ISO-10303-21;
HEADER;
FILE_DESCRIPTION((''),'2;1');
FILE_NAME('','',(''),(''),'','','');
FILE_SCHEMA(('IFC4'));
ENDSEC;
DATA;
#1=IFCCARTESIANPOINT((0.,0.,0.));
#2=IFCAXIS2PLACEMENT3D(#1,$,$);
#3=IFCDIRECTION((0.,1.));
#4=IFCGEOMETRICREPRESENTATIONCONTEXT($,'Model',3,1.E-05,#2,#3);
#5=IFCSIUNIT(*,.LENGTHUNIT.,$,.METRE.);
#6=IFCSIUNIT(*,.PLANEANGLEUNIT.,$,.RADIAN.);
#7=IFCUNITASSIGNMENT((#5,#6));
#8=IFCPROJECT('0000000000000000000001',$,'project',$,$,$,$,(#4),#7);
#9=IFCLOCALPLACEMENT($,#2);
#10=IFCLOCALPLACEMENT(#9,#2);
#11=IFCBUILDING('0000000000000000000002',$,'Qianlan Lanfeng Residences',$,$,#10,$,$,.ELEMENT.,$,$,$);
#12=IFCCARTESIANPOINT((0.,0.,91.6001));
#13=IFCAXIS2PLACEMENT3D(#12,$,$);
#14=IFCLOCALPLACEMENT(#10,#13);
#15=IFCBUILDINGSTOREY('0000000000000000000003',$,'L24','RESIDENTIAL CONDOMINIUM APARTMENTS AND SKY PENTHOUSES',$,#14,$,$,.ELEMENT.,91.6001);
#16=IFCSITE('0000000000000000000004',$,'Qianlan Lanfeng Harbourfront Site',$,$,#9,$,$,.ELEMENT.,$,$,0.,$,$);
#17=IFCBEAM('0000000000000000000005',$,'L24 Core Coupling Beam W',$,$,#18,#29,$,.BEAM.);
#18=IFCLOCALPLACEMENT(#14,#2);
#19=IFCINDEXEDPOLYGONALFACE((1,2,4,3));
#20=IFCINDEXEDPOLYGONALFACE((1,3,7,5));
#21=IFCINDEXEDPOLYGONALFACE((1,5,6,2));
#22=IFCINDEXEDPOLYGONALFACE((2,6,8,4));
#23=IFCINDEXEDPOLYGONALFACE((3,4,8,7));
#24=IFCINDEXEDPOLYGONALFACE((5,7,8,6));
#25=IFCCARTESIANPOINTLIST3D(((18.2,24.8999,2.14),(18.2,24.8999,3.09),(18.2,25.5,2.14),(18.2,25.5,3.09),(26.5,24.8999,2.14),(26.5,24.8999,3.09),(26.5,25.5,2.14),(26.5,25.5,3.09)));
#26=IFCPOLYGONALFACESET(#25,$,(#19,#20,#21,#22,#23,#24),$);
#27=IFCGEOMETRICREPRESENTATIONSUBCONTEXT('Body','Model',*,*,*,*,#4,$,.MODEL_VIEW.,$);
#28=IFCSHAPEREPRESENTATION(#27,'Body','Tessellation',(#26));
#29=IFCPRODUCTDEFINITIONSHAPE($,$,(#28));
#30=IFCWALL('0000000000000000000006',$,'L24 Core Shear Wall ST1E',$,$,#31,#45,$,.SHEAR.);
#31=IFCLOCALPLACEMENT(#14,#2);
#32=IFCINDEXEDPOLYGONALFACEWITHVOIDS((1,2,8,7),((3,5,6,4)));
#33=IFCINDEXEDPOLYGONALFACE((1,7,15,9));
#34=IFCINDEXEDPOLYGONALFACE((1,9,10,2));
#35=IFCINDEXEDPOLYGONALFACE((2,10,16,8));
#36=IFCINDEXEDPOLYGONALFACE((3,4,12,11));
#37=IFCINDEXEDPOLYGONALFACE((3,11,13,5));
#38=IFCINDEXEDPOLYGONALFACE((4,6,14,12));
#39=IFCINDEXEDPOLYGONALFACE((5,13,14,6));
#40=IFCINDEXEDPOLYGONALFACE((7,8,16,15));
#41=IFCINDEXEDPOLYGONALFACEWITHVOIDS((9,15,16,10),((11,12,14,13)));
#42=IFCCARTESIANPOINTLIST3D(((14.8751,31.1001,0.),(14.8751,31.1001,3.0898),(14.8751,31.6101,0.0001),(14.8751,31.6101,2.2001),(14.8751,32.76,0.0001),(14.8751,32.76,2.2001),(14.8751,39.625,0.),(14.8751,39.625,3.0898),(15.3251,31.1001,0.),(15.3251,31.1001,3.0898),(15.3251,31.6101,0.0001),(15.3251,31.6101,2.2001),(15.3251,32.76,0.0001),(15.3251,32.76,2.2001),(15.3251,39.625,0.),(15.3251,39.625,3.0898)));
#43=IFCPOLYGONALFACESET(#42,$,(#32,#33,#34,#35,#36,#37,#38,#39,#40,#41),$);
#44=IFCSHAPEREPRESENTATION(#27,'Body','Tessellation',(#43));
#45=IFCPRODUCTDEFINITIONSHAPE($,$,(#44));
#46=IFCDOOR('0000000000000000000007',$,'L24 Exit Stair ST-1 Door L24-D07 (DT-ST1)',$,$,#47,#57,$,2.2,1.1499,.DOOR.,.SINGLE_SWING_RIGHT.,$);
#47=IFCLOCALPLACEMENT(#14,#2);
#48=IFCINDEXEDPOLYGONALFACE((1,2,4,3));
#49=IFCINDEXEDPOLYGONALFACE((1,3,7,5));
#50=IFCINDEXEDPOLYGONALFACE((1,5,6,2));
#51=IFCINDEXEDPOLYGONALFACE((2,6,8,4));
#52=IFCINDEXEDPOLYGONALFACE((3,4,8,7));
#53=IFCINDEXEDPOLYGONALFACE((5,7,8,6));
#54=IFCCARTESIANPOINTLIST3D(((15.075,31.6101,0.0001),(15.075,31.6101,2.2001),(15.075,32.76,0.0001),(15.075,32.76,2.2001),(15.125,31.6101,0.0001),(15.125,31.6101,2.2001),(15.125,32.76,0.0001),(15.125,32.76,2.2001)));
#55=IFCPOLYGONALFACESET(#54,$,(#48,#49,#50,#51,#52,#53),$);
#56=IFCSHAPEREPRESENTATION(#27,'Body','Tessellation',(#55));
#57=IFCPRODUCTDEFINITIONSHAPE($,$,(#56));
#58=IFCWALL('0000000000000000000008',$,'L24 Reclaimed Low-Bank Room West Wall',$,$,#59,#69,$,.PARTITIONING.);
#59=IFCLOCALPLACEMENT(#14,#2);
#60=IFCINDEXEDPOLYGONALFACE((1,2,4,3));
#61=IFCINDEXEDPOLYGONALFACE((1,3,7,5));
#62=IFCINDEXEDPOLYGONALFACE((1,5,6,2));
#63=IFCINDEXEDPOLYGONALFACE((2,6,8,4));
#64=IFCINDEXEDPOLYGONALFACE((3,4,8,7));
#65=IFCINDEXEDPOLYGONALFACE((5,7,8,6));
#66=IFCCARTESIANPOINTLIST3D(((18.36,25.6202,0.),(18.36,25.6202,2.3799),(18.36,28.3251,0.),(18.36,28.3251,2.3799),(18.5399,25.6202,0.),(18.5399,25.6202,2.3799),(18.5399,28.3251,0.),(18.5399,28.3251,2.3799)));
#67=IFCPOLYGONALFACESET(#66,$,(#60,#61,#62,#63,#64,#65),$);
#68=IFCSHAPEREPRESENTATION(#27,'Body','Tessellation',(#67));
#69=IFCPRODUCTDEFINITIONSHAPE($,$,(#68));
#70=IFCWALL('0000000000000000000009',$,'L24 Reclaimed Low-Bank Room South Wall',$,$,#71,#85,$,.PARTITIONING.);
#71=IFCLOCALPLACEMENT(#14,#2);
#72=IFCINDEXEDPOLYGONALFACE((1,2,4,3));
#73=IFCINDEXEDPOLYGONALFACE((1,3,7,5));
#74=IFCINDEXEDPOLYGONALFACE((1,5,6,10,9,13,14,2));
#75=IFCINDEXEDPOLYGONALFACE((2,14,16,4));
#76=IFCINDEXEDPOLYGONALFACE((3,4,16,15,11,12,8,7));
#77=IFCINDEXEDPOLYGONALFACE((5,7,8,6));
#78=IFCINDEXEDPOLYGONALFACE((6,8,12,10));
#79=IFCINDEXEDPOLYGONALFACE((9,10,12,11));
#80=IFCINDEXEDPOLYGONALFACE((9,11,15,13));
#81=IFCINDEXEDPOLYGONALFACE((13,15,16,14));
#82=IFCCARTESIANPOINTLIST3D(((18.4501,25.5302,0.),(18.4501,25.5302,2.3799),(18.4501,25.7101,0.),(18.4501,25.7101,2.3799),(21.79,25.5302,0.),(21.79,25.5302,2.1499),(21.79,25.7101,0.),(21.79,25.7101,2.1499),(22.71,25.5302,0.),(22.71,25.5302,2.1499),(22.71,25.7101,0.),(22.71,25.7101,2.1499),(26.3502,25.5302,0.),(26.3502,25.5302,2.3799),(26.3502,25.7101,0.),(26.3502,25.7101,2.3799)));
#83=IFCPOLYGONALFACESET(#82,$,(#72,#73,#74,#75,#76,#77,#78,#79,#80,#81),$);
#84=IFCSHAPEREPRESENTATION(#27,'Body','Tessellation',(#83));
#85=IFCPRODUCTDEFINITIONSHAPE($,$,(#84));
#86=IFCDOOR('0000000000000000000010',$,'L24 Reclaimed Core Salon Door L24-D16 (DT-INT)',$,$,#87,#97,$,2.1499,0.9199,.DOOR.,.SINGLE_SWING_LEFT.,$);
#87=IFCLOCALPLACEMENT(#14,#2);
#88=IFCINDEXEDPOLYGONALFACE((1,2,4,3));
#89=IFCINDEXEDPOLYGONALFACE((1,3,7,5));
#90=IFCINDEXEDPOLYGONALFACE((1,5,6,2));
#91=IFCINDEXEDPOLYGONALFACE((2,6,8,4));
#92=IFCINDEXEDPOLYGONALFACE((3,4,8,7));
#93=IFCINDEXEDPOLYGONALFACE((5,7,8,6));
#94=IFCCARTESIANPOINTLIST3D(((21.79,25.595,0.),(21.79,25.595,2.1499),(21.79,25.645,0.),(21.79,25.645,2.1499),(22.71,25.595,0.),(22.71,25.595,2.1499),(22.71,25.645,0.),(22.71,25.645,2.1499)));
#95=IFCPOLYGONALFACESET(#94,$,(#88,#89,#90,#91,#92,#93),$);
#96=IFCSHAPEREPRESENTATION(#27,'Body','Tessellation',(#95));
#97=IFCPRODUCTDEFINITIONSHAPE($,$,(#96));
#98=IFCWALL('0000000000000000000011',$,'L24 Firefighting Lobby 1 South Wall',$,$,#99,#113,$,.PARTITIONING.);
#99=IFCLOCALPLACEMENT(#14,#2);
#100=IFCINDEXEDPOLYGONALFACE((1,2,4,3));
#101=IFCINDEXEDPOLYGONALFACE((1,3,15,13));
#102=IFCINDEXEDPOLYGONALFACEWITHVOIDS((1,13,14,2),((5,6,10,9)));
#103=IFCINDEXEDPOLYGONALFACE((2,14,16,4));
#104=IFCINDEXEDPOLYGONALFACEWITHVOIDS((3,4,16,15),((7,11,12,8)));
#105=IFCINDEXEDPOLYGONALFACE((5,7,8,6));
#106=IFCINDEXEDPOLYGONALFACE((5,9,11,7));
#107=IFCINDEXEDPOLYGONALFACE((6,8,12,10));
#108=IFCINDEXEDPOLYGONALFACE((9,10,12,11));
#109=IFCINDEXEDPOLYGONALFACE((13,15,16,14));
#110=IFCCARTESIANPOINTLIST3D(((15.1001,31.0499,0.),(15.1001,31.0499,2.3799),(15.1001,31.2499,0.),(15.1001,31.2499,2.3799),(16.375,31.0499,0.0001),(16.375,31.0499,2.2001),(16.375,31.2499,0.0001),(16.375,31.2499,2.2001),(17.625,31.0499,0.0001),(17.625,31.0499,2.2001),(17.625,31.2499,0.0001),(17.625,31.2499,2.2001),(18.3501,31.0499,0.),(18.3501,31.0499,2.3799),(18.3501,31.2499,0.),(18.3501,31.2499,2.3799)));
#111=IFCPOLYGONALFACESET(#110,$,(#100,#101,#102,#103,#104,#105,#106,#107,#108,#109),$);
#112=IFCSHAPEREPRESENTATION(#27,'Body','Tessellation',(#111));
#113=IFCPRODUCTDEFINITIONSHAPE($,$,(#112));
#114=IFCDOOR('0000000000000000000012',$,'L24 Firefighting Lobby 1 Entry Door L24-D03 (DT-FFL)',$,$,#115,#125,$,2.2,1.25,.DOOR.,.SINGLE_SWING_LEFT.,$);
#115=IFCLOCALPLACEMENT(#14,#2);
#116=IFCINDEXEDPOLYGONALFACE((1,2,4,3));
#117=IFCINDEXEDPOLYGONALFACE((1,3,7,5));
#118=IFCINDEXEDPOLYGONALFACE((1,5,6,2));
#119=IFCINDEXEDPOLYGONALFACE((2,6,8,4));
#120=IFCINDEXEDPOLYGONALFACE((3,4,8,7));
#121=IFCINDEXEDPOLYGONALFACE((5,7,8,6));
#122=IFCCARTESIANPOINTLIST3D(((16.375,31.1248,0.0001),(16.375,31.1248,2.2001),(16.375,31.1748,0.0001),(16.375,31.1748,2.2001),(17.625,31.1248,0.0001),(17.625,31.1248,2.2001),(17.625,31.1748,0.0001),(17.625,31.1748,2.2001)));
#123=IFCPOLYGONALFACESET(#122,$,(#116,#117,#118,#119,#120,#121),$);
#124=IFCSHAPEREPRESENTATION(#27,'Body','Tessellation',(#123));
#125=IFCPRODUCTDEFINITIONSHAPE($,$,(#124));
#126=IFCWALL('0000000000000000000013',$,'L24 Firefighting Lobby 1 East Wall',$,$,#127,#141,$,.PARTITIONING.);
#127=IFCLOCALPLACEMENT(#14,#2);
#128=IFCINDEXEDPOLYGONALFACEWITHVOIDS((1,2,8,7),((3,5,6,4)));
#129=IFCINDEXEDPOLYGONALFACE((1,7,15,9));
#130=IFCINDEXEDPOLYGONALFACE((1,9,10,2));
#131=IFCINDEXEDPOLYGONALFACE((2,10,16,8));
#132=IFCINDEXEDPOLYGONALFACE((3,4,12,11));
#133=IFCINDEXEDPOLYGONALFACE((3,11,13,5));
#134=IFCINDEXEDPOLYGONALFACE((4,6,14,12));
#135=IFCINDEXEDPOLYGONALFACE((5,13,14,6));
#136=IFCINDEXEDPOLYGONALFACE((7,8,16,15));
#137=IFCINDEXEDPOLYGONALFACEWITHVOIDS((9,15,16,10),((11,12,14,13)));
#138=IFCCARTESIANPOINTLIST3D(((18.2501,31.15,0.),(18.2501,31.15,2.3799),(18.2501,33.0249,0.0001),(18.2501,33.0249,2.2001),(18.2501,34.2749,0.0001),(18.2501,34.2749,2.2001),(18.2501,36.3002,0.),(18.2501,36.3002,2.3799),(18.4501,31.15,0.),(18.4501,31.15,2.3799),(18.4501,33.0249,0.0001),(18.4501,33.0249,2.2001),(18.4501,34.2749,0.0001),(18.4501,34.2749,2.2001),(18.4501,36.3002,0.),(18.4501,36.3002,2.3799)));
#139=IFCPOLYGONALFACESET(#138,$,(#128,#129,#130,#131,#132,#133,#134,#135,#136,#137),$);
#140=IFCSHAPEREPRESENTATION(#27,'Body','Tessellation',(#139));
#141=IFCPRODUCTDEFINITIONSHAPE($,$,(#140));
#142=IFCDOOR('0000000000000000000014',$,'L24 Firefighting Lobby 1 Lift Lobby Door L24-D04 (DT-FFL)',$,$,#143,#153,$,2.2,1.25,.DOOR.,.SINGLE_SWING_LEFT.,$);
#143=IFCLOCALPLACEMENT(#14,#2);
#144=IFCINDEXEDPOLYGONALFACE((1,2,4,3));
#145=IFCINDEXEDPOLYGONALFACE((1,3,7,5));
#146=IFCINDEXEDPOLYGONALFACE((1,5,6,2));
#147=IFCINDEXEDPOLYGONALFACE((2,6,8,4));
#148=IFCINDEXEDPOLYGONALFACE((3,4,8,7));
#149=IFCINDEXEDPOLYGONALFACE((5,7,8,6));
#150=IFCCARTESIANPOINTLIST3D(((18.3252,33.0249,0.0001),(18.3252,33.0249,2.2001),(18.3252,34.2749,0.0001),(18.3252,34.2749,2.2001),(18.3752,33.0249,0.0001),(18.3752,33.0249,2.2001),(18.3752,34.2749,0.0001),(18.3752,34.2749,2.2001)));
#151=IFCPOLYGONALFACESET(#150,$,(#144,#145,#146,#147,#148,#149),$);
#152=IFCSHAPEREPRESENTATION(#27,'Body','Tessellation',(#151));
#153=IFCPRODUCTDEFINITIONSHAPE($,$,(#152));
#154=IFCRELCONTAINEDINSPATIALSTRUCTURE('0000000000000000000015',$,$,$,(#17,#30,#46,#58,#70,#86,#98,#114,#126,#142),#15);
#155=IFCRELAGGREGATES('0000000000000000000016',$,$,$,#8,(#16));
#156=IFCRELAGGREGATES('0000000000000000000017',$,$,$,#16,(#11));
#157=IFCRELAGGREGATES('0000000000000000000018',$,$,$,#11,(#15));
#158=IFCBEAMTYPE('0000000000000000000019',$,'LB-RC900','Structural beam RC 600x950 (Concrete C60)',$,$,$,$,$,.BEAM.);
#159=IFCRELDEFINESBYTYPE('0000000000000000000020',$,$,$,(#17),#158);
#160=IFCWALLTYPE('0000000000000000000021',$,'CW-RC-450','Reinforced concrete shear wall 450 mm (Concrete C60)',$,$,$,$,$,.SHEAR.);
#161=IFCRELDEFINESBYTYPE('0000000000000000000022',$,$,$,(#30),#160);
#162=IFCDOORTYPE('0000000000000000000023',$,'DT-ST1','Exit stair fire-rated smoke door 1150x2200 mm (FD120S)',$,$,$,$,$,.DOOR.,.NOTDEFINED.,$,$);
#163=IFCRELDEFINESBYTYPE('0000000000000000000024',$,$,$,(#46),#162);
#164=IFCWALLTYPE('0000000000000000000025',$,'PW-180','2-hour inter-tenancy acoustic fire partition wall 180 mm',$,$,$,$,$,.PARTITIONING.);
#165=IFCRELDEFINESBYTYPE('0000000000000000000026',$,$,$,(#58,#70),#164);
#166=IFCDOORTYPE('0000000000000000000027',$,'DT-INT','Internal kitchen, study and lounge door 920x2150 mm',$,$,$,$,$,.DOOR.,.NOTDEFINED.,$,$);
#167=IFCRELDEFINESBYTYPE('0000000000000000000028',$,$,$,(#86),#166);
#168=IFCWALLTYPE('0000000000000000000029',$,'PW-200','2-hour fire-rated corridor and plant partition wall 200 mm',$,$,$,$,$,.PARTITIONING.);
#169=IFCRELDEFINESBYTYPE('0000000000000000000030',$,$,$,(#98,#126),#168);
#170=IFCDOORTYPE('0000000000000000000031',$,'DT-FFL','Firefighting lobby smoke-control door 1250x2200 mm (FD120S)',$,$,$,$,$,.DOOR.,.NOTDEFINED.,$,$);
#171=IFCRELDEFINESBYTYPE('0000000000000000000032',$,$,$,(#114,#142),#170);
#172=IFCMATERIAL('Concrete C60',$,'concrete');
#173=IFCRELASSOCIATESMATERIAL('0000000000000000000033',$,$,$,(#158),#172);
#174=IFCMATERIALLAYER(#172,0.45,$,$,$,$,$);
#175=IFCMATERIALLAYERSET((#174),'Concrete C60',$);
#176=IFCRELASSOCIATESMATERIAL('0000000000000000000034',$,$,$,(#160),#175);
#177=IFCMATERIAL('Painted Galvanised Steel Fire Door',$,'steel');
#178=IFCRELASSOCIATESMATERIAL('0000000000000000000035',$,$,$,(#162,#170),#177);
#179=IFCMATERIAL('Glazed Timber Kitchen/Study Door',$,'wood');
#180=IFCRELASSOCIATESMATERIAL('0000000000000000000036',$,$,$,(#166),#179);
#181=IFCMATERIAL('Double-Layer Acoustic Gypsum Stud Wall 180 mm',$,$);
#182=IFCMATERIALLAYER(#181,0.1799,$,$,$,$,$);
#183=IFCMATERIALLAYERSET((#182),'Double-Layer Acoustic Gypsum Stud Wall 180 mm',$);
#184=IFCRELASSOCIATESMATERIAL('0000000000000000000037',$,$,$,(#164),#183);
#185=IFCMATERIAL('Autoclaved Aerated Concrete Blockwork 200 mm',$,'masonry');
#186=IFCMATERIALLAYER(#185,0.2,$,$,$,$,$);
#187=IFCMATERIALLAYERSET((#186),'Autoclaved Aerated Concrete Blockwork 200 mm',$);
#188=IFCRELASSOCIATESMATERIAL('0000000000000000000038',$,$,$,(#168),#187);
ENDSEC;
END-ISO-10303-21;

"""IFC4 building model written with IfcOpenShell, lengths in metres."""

from ifc_helpers import new_model, si_unit, direction, frame, frame_2d, origin, origin_2d, place, context, subcontext, project, spatial, rectangle, extrude, material, layer, layer_set, material_profile, profile_set, type_object, element, fill, save


model = new_model("IFC4")

# Units and contexts
model_context = context("Model", 3, precision=1e-05, world=origin(), true_north=direction((0.0, 1.0)))
body_context = subcontext(model_context, "Body", "Model", "MODEL_VIEW")
ifc_project = project(units=[si_unit("LENGTHUNIT", "METRE"), si_unit("PLANEANGLEUNIT", "RADIAN")], contexts=[model_context])

# Site, building, storey
site_placement = place(None, origin())
site = spatial("IfcSite", under=ifc_project, at=site_placement, Name="Qianlan Lanfeng Harbourfront Site", CompositionType="ELEMENT", RefElevation=0.0)
building_placement = place(site_placement, origin())
building = spatial("IfcBuilding", under=site, at=building_placement, Name="Qianlan Lanfeng Residences", CompositionType="ELEMENT")
storey_placement = place(building_placement, frame((0.0, 0.0, 91.6001)))
storey = spatial("IfcBuildingStorey", under=building, at=storey_placement, Name="L24", Description="RESIDENTIAL CONDOMINIUM APARTMENTS AND SKY PENTHOUSES", CompositionType="ELEMENT", Elevation=91.6001)

# Beam
ifc_material_1 = material(Name="Concrete C60", Category="concrete")
ifc_material_profile = material_profile(ifc_material_1, rectangle(XDim=0.6001, YDim=0.95, at=origin_2d()), Name="RC 600x950")
ifc_profile_set = profile_set([ifc_material_profile], Name="Concrete C60")
beam_type = type_object("IfcBeamType", Name="LB-RC900", Description="Structural beam RC 600x950 (Concrete C60)", PredefinedType="BEAM", material=ifc_profile_set)
beam_placement = place(storey_placement, frame((18.2, 25.2, 2.615), z_axis=(1.0, 0.0, 0.0), x_axis=(0.0, 1.0, 0.0)))
element("IfcBeam", 1, at=beam_placement, inside=storey, type_object=beam_type, Name="L24 Core Coupling Beam W", PredefinedType="BEAM", context=body_context, shape_type="SweptSolid", body=[
    extrude(rectangle(XDim=0.6001, YDim=0.95, at=origin_2d()), origin(), (0.0, 0.0, 1.0), 8.3),
])

# Wall, opening, door
ifc_layer_1 = layer(ifc_material_1, 0.45)
ifc_layer_set_1 = layer_set([ifc_layer_1], Name="Concrete C60")
wall_type_1 = type_object("IfcWallType", Name="CW-RC-450", Description="Reinforced concrete shear wall 450 mm (Concrete C60)", PredefinedType="SHEAR", material=ifc_layer_set_1)
wall_1_placement = place(storey_placement, frame((15.1001, 31.1001, 0.0), z_axis=(0.0, 0.0, 1.0), x_axis=(0.0, 1.0, 0.0)))
wall_1 = element("IfcWall", 2, at=wall_1_placement, inside=storey, type_object=wall_type_1, Name="L24 Core Shear Wall ST1E", PredefinedType="SHEAR", context=body_context, shape_type="SweptSolid", body=[
    extrude(rectangle(XDim=8.5249, YDim=0.45, at=frame_2d((4.2625, 0.0))), origin(), (0.0, 0.0, 1.0), 3.0898),
])
opening_1_placement = place(wall_1_placement, frame((0.51, 0.0, 0.0)))
opening_1 = element("IfcOpeningElement", 3, at=opening_1_placement, cuts=wall_1, PredefinedType="OPENING", context=body_context, shape_type="SweptSolid", body=[
    extrude(rectangle(XDim=1.1499, YDim=2.2, at=frame_2d((0.575, 1.1001))), frame((0.0, 0.2349, 0.0), z_axis=(0.0, -1.0, 0.0), x_axis=(1.0, 0.0, 0.0)), (0.0, 0.0, 1.0), 0.47),
])
ifc_material_2 = material(Name="Painted Galvanised Steel Fire Door", Category="steel")
door_type_1 = type_object("IfcDoorType", Name="DT-ST1", Description="Exit stair fire-rated smoke door 1150x2200 mm (FD120S)", OperationType="NOTDEFINED", PredefinedType="DOOR", material=ifc_material_2)
door_1_placement = place(opening_1_placement, frame((1.1499, 0.0, 0.0), z_axis=(0.0, 0.0, 1.0), x_axis=(-1.0, 0.0, 0.0)))
door_1 = element("IfcDoor", 4, at=door_1_placement, inside=storey, type_object=door_type_1, Name="L24 Exit Stair ST-1 Door L24-D07 (DT-ST1)", OperationType="SINGLE_SWING_RIGHT", OverallHeight=2.2, OverallWidth=1.1499, PredefinedType="DOOR", context=body_context, shape_type="SweptSolid", body=[
    extrude(rectangle(XDim=1.1499, YDim=2.2, at=frame_2d((0.575, 1.1001))), frame((0.0, 0.0249, 0.0), z_axis=(0.0, -1.0, 0.0), x_axis=(1.0, 0.0, 0.0)), (0.0, 0.0, 1.0), 0.05),
])
fill(opening_1, door_1)

# Shared definitions
ifc_material_3 = material(Name="Glazed Timber Kitchen/Study Door", Category="wood")
door_type_2 = type_object("IfcDoorType", Name="DT-INT", Description="Internal kitchen, study and lounge door 920x2150 mm", OperationType="NOTDEFINED", PredefinedType="DOOR", material=ifc_material_3)

# Shared definitions
ifc_material_4 = material(Name="Double-Layer Acoustic Gypsum Stud Wall 180 mm")
ifc_layer_2 = layer(ifc_material_4, 0.1799)
ifc_layer_set_2 = layer_set([ifc_layer_2], Name="Double-Layer Acoustic Gypsum Stud Wall 180 mm")
wall_type_2 = type_object("IfcWallType", Name="PW-180", Description="2-hour inter-tenancy acoustic fire partition wall 180 mm", PredefinedType="PARTITIONING", material=ifc_layer_set_2)

# Wall
wall_2_placement = place(storey_placement, frame((18.45, 25.6201, 0.0), z_axis=(0.0, 0.0, 1.0), x_axis=(0.0, 1.0, 0.0)))
element("IfcWall", 5, at=wall_2_placement, inside=storey, type_object=wall_type_2, Name="L24 Reclaimed Low-Bank Room West Wall", PredefinedType="PARTITIONING", context=body_context, shape_type="SweptSolid", body=[
    extrude(rectangle(XDim=2.7048, YDim=0.1799, at=frame_2d((1.3525, 0.0))), origin(), (0.0, 0.0, 1.0), 2.3799),
])

# Walls, openings, doors
wall_3_placement = place(storey_placement, frame((18.45, 25.6201, 0.0), z_axis=(0.0, 0.0, 1.0), x_axis=(1.0, 0.0, 0.0)))
wall_3 = element("IfcWall", 6, at=wall_3_placement, inside=storey, type_object=wall_type_2, Name="L24 Reclaimed Low-Bank Room South Wall", PredefinedType="PARTITIONING", context=body_context, shape_type="SweptSolid", body=[
    extrude(rectangle(XDim=7.9001, YDim=0.1799, at=frame_2d((3.9502, 0.0))), origin(), (0.0, 0.0, 1.0), 2.3799),
])
opening_2_placement = place(wall_3_placement, frame((3.3401, 0.0, 0.0)))
opening_2 = element("IfcOpeningElement", 7, at=opening_2_placement, cuts=wall_3, PredefinedType="OPENING", context=body_context, shape_type="SweptSolid", body=[
    extrude(rectangle(XDim=0.9199, YDim=2.1499, at=frame_2d((0.46, 1.075))), frame((0.0, 0.1001, 0.0), z_axis=(0.0, -1.0, 0.0), x_axis=(1.0, 0.0, 0.0)), (0.0, 0.0, 1.0), 0.2),
])
door_2_placement = place(opening_2_placement, origin())
door_2 = element("IfcDoor", 8, at=door_2_placement, inside=storey, type_object=door_type_2, Name="L24 Reclaimed Core Salon Door L24-D16 (DT-INT)", OperationType="SINGLE_SWING_LEFT", OverallHeight=2.1499, OverallWidth=0.9199, PredefinedType="DOOR", context=body_context, shape_type="SweptSolid", body=[
    extrude(rectangle(XDim=0.9199, YDim=2.1499, at=frame_2d((0.46, 1.075))), frame((0.0, 0.0249, 0.0), z_axis=(0.0, -1.0, 0.0), x_axis=(1.0, 0.0, 0.0)), (0.0, 0.0, 1.0), 0.05),
])
fill(opening_2, door_2)
ifc_material_5 = material(Name="Autoclaved Aerated Concrete Blockwork 200 mm", Category="masonry")
ifc_layer_3 = layer(ifc_material_5, 0.2)
ifc_layer_set_3 = layer_set([ifc_layer_3], Name="Autoclaved Aerated Concrete Blockwork 200 mm")
wall_type_3 = type_object("IfcWallType", Name="PW-200", Description="2-hour fire-rated corridor and plant partition wall 200 mm", PredefinedType="PARTITIONING", material=ifc_layer_set_3)
wall_4_placement = place(storey_placement, frame((15.1001, 31.1499, 0.0), z_axis=(0.0, 0.0, 1.0), x_axis=(1.0, 0.0, 0.0)))
wall_4 = element("IfcWall", 9, at=wall_4_placement, inside=storey, type_object=wall_type_3, Name="L24 Firefighting Lobby 1 South Wall", PredefinedType="PARTITIONING", context=body_context, shape_type="SweptSolid", body=[
    extrude(rectangle(XDim=3.25, YDim=0.2, at=frame_2d((1.625, 0.0))), origin(), (0.0, 0.0, 1.0), 2.3799),
])
opening_3_placement = place(wall_4_placement, frame((1.2749, 0.0, 0.0)))
opening_3 = element("IfcOpeningElement", 10, at=opening_3_placement, cuts=wall_4, PredefinedType="OPENING", context=body_context, shape_type="SweptSolid", body=[
    extrude(rectangle(XDim=1.25, YDim=2.2, at=frame_2d((0.625, 1.1001))), frame((0.0, 0.1099, 0.0), z_axis=(0.0, -1.0, 0.0), x_axis=(1.0, 0.0, 0.0)), (0.0, 0.0, 1.0), 0.22),
])
door_type_3 = type_object("IfcDoorType", Name="DT-FFL", Description="Firefighting lobby smoke-control door 1250x2200 mm (FD120S)", OperationType="NOTDEFINED", PredefinedType="DOOR", material=ifc_material_2)
door_3_placement = place(opening_3_placement, origin())
door_3 = element("IfcDoor", 11, at=door_3_placement, inside=storey, type_object=door_type_3, Name="L24 Firefighting Lobby 1 Entry Door L24-D03 (DT-FFL)", OperationType="SINGLE_SWING_LEFT", OverallHeight=2.2, OverallWidth=1.25, PredefinedType="DOOR", context=body_context, shape_type="SweptSolid", body=[
    extrude(rectangle(XDim=1.25, YDim=2.2, at=frame_2d((0.625, 1.1001))), frame((0.0, 0.0249, 0.0), z_axis=(0.0, -1.0, 0.0), x_axis=(1.0, 0.0, 0.0)), (0.0, 0.0, 1.0), 0.05),
])
fill(opening_3, door_3)
wall_5_placement = place(storey_placement, frame((18.3501, 31.1499, 0.0), z_axis=(0.0, 0.0, 1.0), x_axis=(0.0, 1.0, 0.0)))
wall_5 = element("IfcWall", 12, at=wall_5_placement, inside=storey, type_object=wall_type_3, Name="L24 Firefighting Lobby 1 East Wall", PredefinedType="PARTITIONING", context=body_context, shape_type="SweptSolid", body=[
    extrude(rectangle(XDim=5.1501, YDim=0.2, at=frame_2d((2.5752, 0.0))), origin(), (0.0, 0.0, 1.0), 2.3799),
])
opening_4_placement = place(wall_5_placement, frame((1.875, 0.0, 0.0)))
opening_4 = element("IfcOpeningElement", 13, at=opening_4_placement, cuts=wall_5, PredefinedType="OPENING", context=body_context, shape_type="SweptSolid", body=[
    extrude(rectangle(XDim=1.25, YDim=2.2, at=frame_2d((0.625, 1.1001))), frame((0.0, 0.1099, 0.0), z_axis=(0.0, -1.0, 0.0), x_axis=(1.0, 0.0, 0.0)), (0.0, 0.0, 1.0), 0.22),
])
door_4_placement = place(opening_4_placement, origin())
door_4 = element("IfcDoor", 14, at=door_4_placement, inside=storey, type_object=door_type_3, Name="L24 Firefighting Lobby 1 Lift Lobby Door L24-D04 (DT-FFL)", OperationType="SINGLE_SWING_LEFT", OverallHeight=2.2, OverallWidth=1.25, PredefinedType="DOOR", context=body_context, shape_type="SweptSolid", body=[
    extrude(rectangle(XDim=1.25, YDim=2.2, at=frame_2d((0.625, 1.1001))), frame((0.0, 0.0249, 0.0), z_axis=(0.0, -1.0, 0.0), x_axis=(1.0, 0.0, 0.0)), (0.0, 0.0, 1.0), 0.05),
])
fill(opening_4, door_4)

save(model, "model.ifc")
